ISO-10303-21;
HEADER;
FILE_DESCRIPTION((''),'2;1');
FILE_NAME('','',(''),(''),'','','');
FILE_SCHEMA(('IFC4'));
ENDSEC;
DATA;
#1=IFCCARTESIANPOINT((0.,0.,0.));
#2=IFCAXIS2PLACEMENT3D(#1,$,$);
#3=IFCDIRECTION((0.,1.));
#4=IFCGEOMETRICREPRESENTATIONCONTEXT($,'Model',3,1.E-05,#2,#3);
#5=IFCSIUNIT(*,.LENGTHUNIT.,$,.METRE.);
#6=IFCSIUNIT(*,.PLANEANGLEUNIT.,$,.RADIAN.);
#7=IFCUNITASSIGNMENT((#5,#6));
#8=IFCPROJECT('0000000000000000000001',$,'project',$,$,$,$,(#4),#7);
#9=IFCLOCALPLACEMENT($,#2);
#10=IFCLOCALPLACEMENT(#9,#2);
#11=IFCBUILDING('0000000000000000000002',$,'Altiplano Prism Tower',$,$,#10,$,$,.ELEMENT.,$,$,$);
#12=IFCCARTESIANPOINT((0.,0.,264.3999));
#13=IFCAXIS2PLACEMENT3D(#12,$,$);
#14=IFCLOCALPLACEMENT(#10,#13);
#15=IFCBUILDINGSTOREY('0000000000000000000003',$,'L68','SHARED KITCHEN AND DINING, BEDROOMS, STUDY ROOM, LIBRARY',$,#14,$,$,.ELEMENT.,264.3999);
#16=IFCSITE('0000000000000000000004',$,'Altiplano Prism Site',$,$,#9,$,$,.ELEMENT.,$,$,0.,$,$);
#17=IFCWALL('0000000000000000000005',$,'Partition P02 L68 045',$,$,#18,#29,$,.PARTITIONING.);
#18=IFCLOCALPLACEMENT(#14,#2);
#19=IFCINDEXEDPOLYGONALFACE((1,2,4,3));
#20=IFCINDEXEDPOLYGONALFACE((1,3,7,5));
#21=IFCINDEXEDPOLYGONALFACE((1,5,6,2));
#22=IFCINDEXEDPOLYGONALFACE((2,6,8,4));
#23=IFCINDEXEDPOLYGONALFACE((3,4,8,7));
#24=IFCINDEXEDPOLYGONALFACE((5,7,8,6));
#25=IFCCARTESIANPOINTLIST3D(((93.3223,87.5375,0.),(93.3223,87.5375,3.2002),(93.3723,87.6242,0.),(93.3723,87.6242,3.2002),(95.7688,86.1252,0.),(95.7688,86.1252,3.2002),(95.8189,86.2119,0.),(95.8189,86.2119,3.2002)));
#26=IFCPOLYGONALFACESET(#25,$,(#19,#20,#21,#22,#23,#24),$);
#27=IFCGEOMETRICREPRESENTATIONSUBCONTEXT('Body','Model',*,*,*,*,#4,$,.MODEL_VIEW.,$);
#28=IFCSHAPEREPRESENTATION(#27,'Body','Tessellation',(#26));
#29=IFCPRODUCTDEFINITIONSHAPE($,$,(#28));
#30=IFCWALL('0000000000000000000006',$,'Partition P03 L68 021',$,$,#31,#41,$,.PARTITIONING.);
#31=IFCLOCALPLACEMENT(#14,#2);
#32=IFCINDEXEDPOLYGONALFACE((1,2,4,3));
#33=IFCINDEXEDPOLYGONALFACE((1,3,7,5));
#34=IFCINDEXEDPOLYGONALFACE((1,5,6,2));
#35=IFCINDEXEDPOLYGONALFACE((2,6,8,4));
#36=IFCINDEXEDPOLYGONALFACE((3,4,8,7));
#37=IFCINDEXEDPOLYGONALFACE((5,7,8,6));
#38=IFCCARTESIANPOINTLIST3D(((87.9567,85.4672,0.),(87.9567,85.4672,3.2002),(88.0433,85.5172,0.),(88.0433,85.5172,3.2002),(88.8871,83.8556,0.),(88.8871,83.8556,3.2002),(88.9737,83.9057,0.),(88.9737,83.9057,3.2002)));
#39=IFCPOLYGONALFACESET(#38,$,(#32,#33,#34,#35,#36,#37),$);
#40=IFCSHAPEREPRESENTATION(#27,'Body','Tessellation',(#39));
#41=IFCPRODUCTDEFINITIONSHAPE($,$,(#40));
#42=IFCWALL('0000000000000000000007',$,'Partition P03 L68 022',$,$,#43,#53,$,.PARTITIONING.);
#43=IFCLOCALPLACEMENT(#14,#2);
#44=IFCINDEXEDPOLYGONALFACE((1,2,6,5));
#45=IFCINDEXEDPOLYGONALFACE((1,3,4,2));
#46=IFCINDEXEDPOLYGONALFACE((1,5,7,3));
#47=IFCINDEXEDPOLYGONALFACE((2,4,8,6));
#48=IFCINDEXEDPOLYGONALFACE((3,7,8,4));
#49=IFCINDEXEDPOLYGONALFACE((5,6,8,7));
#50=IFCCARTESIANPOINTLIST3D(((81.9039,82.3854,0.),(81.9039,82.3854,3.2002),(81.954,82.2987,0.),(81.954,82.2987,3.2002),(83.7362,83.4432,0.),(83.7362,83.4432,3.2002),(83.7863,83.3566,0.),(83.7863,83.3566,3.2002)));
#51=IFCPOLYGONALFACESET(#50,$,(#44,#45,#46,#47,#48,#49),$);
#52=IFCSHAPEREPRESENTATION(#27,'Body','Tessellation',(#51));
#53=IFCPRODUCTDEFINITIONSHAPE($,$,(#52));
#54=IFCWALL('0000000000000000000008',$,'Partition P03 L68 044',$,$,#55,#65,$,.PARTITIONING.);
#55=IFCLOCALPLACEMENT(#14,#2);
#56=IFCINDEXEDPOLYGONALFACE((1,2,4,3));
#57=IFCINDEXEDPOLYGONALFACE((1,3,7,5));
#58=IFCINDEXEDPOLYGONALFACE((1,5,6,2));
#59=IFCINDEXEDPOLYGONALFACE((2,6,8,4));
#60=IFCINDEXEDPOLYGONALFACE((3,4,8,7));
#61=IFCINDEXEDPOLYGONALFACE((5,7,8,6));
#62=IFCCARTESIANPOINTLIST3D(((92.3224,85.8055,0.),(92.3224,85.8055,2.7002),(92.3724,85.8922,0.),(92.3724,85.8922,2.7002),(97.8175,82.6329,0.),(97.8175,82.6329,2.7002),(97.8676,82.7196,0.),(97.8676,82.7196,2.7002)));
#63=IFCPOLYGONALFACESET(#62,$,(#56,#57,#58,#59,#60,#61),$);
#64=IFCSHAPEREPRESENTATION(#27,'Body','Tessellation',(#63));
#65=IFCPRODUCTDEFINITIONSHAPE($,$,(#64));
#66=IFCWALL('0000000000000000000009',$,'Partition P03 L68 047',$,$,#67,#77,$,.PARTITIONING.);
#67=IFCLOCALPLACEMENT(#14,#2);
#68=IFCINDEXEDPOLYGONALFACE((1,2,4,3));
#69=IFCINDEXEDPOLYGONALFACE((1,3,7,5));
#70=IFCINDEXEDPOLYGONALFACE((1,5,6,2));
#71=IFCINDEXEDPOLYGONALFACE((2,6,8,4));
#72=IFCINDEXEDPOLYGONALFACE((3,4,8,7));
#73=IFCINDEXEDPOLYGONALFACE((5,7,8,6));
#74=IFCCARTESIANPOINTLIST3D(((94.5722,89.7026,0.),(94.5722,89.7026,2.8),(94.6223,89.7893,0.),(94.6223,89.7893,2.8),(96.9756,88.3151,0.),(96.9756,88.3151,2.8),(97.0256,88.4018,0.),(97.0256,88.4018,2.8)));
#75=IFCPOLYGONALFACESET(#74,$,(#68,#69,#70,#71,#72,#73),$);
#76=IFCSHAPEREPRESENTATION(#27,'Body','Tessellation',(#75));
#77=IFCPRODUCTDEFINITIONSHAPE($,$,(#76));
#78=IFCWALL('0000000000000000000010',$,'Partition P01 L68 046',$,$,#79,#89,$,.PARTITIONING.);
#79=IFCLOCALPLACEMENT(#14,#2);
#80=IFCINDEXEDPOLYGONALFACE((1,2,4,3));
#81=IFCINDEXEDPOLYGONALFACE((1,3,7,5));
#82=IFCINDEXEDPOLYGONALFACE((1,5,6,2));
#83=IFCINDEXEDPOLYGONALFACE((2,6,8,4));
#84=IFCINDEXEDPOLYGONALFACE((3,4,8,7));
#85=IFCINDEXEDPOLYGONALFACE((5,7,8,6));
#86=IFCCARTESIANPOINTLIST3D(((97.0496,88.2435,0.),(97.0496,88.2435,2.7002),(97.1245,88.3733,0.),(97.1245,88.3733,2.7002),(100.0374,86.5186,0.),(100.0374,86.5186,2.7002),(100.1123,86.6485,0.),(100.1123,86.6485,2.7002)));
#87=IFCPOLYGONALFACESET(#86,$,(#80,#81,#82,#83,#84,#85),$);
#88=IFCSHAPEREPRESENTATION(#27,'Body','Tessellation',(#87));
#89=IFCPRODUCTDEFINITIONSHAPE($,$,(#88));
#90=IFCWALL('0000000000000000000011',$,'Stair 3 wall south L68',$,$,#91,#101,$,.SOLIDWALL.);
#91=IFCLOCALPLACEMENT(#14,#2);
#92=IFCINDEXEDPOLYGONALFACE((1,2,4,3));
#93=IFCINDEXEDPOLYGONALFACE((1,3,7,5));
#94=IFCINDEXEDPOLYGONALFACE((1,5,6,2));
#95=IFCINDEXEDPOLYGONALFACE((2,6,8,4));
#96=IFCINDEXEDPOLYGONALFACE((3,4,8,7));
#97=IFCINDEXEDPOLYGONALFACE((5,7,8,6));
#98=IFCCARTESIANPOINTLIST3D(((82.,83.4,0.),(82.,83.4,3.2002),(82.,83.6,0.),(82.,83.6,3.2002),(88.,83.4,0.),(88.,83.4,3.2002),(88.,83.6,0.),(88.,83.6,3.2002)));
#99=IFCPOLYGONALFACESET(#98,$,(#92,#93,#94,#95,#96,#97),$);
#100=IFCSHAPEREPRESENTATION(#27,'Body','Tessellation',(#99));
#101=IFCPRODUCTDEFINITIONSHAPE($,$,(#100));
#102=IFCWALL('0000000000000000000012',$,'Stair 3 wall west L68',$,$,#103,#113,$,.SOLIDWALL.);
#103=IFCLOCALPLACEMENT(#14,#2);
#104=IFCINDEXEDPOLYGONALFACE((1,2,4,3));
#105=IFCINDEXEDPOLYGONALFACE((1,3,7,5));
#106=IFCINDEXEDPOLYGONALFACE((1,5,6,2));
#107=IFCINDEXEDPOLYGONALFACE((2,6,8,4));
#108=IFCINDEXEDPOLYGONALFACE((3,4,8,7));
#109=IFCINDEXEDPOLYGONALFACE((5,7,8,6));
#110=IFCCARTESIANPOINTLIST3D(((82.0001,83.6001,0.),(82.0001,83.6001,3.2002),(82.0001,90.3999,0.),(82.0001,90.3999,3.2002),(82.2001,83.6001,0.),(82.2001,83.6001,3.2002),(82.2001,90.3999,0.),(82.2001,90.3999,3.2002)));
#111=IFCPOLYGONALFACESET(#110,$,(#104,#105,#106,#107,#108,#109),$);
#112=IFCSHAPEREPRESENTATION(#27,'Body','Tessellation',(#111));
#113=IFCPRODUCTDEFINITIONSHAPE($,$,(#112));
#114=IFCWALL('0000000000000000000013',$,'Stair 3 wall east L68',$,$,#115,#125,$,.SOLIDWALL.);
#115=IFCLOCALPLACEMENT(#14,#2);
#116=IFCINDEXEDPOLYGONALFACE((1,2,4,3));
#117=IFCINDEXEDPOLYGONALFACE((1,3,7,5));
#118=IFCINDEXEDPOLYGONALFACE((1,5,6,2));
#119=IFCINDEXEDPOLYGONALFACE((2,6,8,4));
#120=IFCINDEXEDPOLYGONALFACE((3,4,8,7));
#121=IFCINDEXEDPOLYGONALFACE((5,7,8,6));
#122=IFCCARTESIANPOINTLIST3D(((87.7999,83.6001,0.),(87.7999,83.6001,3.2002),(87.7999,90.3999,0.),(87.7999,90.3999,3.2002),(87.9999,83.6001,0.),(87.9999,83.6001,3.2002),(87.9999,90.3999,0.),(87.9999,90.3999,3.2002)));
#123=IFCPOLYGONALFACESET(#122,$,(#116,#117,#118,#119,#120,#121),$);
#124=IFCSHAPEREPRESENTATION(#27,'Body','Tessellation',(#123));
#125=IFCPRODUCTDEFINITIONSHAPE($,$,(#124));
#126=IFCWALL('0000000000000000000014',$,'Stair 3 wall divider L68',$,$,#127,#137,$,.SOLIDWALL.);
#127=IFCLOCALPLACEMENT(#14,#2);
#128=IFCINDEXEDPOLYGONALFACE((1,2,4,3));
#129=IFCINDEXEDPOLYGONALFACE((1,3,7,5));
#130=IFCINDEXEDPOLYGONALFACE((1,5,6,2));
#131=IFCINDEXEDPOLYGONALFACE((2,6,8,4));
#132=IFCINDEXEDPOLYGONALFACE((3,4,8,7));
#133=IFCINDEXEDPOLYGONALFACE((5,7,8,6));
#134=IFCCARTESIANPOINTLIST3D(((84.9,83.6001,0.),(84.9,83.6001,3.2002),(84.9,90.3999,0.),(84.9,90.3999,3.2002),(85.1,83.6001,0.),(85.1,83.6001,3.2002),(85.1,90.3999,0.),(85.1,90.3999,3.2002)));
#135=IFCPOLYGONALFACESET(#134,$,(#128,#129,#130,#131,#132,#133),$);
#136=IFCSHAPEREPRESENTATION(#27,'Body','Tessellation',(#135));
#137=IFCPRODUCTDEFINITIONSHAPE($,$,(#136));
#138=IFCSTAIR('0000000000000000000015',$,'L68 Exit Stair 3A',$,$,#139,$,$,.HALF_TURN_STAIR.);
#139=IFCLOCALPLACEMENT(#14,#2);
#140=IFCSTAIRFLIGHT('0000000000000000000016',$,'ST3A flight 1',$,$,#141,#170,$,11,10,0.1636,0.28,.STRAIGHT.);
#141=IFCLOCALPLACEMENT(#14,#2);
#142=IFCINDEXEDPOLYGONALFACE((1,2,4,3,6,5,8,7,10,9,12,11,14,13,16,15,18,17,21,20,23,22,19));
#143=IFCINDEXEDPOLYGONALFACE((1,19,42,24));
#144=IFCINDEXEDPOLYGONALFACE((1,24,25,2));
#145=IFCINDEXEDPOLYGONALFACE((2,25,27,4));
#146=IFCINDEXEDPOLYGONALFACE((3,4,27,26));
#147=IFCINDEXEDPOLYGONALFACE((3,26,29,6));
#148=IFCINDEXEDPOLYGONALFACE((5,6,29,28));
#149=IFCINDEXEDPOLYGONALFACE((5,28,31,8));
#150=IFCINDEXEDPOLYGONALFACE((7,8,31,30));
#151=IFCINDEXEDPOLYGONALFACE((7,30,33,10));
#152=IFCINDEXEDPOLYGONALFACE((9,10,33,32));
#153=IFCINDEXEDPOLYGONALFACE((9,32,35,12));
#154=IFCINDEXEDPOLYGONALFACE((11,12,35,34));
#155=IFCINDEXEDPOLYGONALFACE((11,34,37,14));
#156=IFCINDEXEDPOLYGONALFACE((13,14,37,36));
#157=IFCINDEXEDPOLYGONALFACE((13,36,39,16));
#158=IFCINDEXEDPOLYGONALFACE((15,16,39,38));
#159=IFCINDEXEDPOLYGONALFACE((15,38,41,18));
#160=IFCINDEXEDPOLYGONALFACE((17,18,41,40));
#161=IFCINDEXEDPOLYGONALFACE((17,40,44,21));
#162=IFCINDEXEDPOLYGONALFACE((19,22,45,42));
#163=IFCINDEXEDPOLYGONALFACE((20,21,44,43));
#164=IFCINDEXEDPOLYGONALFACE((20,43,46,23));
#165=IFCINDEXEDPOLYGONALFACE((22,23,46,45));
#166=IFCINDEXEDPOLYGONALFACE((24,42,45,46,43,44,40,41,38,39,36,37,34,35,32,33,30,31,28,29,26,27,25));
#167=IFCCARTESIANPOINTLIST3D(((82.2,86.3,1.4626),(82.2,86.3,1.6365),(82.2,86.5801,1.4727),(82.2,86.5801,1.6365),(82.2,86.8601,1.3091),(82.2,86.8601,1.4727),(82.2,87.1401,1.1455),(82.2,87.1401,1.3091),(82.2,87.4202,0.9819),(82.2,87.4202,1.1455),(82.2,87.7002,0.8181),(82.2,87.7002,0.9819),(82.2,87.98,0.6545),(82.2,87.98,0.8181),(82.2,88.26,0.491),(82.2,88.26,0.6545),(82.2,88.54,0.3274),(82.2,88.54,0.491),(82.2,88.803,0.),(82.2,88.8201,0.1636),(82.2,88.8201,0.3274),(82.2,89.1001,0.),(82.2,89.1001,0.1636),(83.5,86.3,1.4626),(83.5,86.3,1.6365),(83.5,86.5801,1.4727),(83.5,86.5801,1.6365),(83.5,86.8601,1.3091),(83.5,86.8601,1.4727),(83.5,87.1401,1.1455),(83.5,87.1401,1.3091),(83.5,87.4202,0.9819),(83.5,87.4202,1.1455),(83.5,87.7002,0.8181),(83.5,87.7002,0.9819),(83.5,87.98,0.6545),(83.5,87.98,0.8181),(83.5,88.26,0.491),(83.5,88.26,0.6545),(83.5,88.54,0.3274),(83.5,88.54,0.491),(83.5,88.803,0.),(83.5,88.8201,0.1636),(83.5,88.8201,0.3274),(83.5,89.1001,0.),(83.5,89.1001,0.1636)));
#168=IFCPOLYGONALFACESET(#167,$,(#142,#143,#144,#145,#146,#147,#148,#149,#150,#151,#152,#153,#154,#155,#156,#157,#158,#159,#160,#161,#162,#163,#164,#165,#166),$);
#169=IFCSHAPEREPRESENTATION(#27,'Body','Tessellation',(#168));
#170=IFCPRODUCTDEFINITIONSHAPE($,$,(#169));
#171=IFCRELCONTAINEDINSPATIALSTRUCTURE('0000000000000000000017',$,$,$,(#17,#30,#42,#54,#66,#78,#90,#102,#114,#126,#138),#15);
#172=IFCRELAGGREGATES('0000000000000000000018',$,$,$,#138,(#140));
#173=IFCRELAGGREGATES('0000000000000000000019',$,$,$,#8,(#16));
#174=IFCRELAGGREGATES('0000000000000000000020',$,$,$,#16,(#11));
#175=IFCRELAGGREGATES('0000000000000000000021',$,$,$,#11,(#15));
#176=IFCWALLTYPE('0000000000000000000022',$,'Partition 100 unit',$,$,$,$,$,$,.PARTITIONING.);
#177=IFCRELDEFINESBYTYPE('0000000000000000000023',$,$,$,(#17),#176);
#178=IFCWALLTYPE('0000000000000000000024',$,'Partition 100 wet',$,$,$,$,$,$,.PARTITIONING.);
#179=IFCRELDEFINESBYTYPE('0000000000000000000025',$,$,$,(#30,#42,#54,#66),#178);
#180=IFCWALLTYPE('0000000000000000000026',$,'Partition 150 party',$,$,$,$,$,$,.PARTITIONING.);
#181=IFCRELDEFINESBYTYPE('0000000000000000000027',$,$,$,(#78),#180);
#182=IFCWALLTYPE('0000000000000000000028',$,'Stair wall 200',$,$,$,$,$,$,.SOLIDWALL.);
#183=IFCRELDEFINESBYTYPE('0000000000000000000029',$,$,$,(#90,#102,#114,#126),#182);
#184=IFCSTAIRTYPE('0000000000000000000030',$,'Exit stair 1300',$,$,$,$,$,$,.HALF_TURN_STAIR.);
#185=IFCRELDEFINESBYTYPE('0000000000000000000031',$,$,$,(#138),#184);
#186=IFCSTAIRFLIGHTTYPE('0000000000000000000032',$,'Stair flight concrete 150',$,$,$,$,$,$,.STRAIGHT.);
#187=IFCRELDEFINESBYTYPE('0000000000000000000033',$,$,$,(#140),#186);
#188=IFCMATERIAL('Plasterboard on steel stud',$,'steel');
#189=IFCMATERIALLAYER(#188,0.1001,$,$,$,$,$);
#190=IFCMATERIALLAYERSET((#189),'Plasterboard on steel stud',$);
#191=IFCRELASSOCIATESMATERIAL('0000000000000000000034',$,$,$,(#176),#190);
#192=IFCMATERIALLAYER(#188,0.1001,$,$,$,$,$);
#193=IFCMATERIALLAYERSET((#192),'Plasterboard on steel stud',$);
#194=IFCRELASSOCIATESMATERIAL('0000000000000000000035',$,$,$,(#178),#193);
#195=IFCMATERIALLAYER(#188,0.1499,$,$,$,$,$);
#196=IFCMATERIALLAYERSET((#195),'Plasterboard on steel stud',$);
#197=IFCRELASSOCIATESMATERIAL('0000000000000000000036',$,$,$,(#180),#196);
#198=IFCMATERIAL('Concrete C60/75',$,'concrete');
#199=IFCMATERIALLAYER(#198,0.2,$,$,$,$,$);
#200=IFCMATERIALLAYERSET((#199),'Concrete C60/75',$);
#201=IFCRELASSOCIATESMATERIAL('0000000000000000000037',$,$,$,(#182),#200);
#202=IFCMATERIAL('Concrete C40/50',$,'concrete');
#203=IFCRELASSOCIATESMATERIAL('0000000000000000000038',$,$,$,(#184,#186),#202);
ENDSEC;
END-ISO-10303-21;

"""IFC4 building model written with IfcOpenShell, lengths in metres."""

from ifc_helpers import new_model, si_unit, direction, frame, frame_2d, origin, place, context, subcontext, project, spatial, polyline, rectangle, outline, extrude, material, layer, layer_set, type_object, element, aggregate, save


model = new_model("IFC4")

# Units and contexts
model_context = context("Model", 3, precision=1e-05, world=origin(), true_north=direction((0.0, 1.0)))
body_context = subcontext(model_context, "Body", "Model", "MODEL_VIEW")
ifc_project = project(units=[si_unit("LENGTHUNIT", "METRE"), si_unit("PLANEANGLEUNIT", "RADIAN")], contexts=[model_context])

# Site, building, storey
site_placement = place(None, origin())
site = spatial("IfcSite", under=ifc_project, at=site_placement, Name="Altiplano Prism Site", CompositionType="ELEMENT", RefElevation=0.0)
building_placement = place(site_placement, origin())
building = spatial("IfcBuilding", under=site, at=building_placement, Name="Altiplano Prism Tower", CompositionType="ELEMENT")
storey_placement = place(building_placement, frame((0.0, 0.0, 264.3999)))
storey = spatial("IfcBuildingStorey", under=building, at=storey_placement, Name="L68", Description="SHARED KITCHEN AND DINING, BEDROOMS, STUDY ROOM, LIBRARY", CompositionType="ELEMENT", Elevation=264.3999)

# Shared definitions
ifc_material_1 = material(Name="Concrete C60/75", Category="concrete")

# Walls
ifc_material_2 = material(Name="Plasterboard on steel stud", Category="steel")
ifc_layer_1 = layer(ifc_material_2, 0.1001)
ifc_layer_set_1 = layer_set([ifc_layer_1], Name="Plasterboard on steel stud")
wall_type_1 = type_object("IfcWallType", Name="Partition 100 unit", PredefinedType="PARTITIONING", material=ifc_layer_set_1)
wall_1_placement = place(storey_placement, frame((95.7939, 86.1685, 0.0), z_axis=(0.0, 0.0, 1.0), x_axis=(-0.866049, 0.499959, 0.0)))
element("IfcWall", 1, at=wall_1_placement, inside=storey, type_object=wall_type_1, Name="Partition P02 L68 045", PredefinedType="PARTITIONING", context=body_context, shape_type="SweptSolid", body=[
    extrude(rectangle(XDim=2.825, YDim=0.1001, at=frame_2d((1.4126, 0.0))), origin(), (0.0, 0.0, 1.0), 3.2002),
])
ifc_layer_2 = layer(ifc_material_2, 0.1001)
ifc_layer_set_2 = layer_set([ifc_layer_2], Name="Plasterboard on steel stud")
wall_type_2 = type_object("IfcWallType", Name="Partition 100 wet", PredefinedType="PARTITIONING", material=ifc_layer_set_2)
wall_2_placement = place(storey_placement, frame((88.0, 85.4922, 0.0), z_axis=(0.0, 0.0, 1.0), x_axis=(0.499991, -0.86603, 0.0)))
element("IfcWall", 2, at=wall_2_placement, inside=storey, type_object=wall_type_2, Name="Partition P03 L68 021", PredefinedType="PARTITIONING", context=body_context, shape_type="SweptSolid", body=[
    extrude(rectangle(XDim=1.8608, YDim=0.1001, at=frame_2d((0.9304, 0.0))), origin(), (0.0, 0.0, 1.0), 3.2002),
])
wall_3_placement = place(storey_placement, frame((81.929, 82.342, 0.0), z_axis=(0.0, 0.0, 1.0), x_axis=(0.866026, 0.499999, 0.0)))
element("IfcWall", 3, at=wall_3_placement, inside=storey, type_object=wall_type_2, Name="Partition P03 L68 022", PredefinedType="PARTITIONING", context=body_context, shape_type="SweptSolid", body=[
    extrude(rectangle(XDim=2.1157, YDim=0.1001, at=frame_2d((1.0579, 0.0))), origin(), (0.0, 0.0, 1.0), 3.2002),
])
wall_4_placement = place(storey_placement, frame((97.8425, 82.6763, 0.0), z_axis=(0.0, 0.0, 1.0), x_axis=(-0.866025, 0.5, 0.0)))
element("IfcWall", 4, at=wall_4_placement, inside=storey, type_object=wall_type_2, Name="Partition P03 L68 044", PredefinedType="PARTITIONING", context=body_context, shape_type="SweptSolid", body=[
    extrude(rectangle(XDim=6.3452, YDim=0.1001, at=frame_2d((3.1726, 0.0))), origin(), (0.0, 0.0, 1.0), 2.7002),
])
wall_5_placement = place(storey_placement, frame((97.0007, 88.3584, 0.0), z_axis=(0.0, 0.0, 1.0), x_axis=(-0.866042, 0.499971, 0.0)))
element("IfcWall", 5, at=wall_5_placement, inside=storey, type_object=wall_type_2, Name="Partition P03 L68 047", PredefinedType="PARTITIONING", context=body_context, shape_type="SweptSolid", body=[
    extrude(rectangle(XDim=2.7751, YDim=0.1001, at=frame_2d((1.3877, 0.0))), origin(), (0.0, 0.0, 1.0), 2.8),
])
ifc_layer_3 = layer(ifc_material_2, 0.1499)
ifc_layer_set_3 = layer_set([ifc_layer_3], Name="Plasterboard on steel stud")
wall_type_3 = type_object("IfcWallType", Name="Partition 150 party", PredefinedType="PARTITIONING", material=ifc_layer_set_3)
wall_6_placement = place(storey_placement, frame((100.075, 86.5835, 0.0), z_axis=(0.0, 0.0, 1.0), x_axis=(-0.866044, 0.499967, 0.0)))
element("IfcWall", 6, at=wall_6_placement, inside=storey, type_object=wall_type_3, Name="Partition P01 L68 046", PredefinedType="PARTITIONING", context=body_context, shape_type="SweptSolid", body=[
    extrude(rectangle(XDim=3.45, YDim=0.1499, at=frame_2d((1.7251, 0.0))), origin(), (0.0, 0.0, 1.0), 2.7002),
])
ifc_layer_4 = layer(ifc_material_1, 0.2)
ifc_layer_set_4 = layer_set([ifc_layer_4], Name="Concrete C60/75")
wall_type_4 = type_object("IfcWallType", Name="Stair wall 200", PredefinedType="SOLIDWALL", material=ifc_layer_set_4)
wall_7_placement = place(storey_placement, frame((82.0, 83.5, 0.0), z_axis=(0.0, 0.0, 1.0), x_axis=(1.0, 0.0, 0.0)))
element("IfcWall", 7, at=wall_7_placement, inside=storey, type_object=wall_type_4, Name="Stair 3 wall south L68", PredefinedType="SOLIDWALL", context=body_context, shape_type="SweptSolid", body=[
    extrude(rectangle(XDim=6.0, YDim=0.2, at=frame_2d((3.0, 0.0))), origin(), (0.0, 0.0, 1.0), 3.2002),
])
for number, where, z_axis, x_axis, name in (
    (8, (82.1001, 83.6001, 0.0), (0.0, 0.0, 1.0), (0.0, 1.0, 0.0), "Stair 3 wall west L68"),
    (9, (87.8999, 83.6001, 0.0), (0.0, 0.0, 1.0), (0.0, 1.0, 0.0), "Stair 3 wall east L68"),
    (10, (85.0, 83.6001, 0.0), (0.0, 0.0, 1.0), (0.0, 1.0, 0.0), "Stair 3 wall divider L68"),
):
    element("IfcWall", number, at=place(storey_placement, frame(where, z_axis=z_axis, x_axis=x_axis)), inside=storey, type_object=wall_type_4, Name=name, PredefinedType="SOLIDWALL", context=body_context, shape_type="SweptSolid", body=[
        extrude(rectangle(XDim=6.7998, YDim=0.2, at=frame_2d((3.3999, 0.0))), origin(), (0.0, 0.0, 1.0), 3.2002),
    ])

# Stair, stair flight
ifc_material_3 = material(Name="Concrete C40/50", Category="concrete")
stair_type = type_object("IfcStairType", Name="Exit stair 1300", PredefinedType="HALF_TURN_STAIR", material=ifc_material_3)
stair_1_placement = place(storey_placement, origin())
stair_1 = element("IfcStair", 11, at=stair_1_placement, inside=storey, type_object=stair_type, Name="L68 Exit Stair 3A", PredefinedType="HALF_TURN_STAIR")
stair_flight_type = type_object("IfcStairFlightType", Name="Stair flight concrete 150", PredefinedType="STRAIGHT", material=ifc_material_3)
stair_flight_1_placement = place(storey_placement, frame((82.8501, 89.1001, 0.0), z_axis=(0.0, 0.0, 1.0), x_axis=(0.0, -1.0, 0.0)))
stair_flight_1 = element("IfcStairFlight", 12, at=stair_flight_1_placement, type_object=stair_flight_type, Name="ST3A flight 1", NumberOfRisers=11, NumberOfTreads=10, PredefinedType="STRAIGHT", RiserHeight=0.1636, TreadLength=0.28, context=body_context, shape_type="SweptSolid", body=[
    extrude(outline(polyline([(0.0, 0.0), (0.0, 0.1636), (0.28, 0.1636), (0.28, 0.3274), (0.5601, 0.3274), (0.5601, 0.491), (0.8401, 0.491), (0.8401, 0.6545), (1.1201, 0.6545), (1.1201, 0.8181), (1.3999, 0.8181), (1.3999, 0.9819), (1.6799, 0.9819), (1.6799, 1.1455), (1.96, 1.1455), (1.96, 1.3091), (2.24, 1.3091), (2.24, 1.4727), (2.52, 1.4727), (2.52, 1.6365), (2.8, 1.6365), (2.8, 1.8), (2.8, 1.4626), (0.2971, 0.0), (0.0, 0.0)])), frame((0.0, 0.6499, 0.0), z_axis=(0.0, -1.0, 0.0), x_axis=(1.0, 0.0, 0.0)), (0.0, 0.0, 1.0), 1.3),
])
aggregate(stair_1, [stair_flight_1])

save(model, "model.ifc")
